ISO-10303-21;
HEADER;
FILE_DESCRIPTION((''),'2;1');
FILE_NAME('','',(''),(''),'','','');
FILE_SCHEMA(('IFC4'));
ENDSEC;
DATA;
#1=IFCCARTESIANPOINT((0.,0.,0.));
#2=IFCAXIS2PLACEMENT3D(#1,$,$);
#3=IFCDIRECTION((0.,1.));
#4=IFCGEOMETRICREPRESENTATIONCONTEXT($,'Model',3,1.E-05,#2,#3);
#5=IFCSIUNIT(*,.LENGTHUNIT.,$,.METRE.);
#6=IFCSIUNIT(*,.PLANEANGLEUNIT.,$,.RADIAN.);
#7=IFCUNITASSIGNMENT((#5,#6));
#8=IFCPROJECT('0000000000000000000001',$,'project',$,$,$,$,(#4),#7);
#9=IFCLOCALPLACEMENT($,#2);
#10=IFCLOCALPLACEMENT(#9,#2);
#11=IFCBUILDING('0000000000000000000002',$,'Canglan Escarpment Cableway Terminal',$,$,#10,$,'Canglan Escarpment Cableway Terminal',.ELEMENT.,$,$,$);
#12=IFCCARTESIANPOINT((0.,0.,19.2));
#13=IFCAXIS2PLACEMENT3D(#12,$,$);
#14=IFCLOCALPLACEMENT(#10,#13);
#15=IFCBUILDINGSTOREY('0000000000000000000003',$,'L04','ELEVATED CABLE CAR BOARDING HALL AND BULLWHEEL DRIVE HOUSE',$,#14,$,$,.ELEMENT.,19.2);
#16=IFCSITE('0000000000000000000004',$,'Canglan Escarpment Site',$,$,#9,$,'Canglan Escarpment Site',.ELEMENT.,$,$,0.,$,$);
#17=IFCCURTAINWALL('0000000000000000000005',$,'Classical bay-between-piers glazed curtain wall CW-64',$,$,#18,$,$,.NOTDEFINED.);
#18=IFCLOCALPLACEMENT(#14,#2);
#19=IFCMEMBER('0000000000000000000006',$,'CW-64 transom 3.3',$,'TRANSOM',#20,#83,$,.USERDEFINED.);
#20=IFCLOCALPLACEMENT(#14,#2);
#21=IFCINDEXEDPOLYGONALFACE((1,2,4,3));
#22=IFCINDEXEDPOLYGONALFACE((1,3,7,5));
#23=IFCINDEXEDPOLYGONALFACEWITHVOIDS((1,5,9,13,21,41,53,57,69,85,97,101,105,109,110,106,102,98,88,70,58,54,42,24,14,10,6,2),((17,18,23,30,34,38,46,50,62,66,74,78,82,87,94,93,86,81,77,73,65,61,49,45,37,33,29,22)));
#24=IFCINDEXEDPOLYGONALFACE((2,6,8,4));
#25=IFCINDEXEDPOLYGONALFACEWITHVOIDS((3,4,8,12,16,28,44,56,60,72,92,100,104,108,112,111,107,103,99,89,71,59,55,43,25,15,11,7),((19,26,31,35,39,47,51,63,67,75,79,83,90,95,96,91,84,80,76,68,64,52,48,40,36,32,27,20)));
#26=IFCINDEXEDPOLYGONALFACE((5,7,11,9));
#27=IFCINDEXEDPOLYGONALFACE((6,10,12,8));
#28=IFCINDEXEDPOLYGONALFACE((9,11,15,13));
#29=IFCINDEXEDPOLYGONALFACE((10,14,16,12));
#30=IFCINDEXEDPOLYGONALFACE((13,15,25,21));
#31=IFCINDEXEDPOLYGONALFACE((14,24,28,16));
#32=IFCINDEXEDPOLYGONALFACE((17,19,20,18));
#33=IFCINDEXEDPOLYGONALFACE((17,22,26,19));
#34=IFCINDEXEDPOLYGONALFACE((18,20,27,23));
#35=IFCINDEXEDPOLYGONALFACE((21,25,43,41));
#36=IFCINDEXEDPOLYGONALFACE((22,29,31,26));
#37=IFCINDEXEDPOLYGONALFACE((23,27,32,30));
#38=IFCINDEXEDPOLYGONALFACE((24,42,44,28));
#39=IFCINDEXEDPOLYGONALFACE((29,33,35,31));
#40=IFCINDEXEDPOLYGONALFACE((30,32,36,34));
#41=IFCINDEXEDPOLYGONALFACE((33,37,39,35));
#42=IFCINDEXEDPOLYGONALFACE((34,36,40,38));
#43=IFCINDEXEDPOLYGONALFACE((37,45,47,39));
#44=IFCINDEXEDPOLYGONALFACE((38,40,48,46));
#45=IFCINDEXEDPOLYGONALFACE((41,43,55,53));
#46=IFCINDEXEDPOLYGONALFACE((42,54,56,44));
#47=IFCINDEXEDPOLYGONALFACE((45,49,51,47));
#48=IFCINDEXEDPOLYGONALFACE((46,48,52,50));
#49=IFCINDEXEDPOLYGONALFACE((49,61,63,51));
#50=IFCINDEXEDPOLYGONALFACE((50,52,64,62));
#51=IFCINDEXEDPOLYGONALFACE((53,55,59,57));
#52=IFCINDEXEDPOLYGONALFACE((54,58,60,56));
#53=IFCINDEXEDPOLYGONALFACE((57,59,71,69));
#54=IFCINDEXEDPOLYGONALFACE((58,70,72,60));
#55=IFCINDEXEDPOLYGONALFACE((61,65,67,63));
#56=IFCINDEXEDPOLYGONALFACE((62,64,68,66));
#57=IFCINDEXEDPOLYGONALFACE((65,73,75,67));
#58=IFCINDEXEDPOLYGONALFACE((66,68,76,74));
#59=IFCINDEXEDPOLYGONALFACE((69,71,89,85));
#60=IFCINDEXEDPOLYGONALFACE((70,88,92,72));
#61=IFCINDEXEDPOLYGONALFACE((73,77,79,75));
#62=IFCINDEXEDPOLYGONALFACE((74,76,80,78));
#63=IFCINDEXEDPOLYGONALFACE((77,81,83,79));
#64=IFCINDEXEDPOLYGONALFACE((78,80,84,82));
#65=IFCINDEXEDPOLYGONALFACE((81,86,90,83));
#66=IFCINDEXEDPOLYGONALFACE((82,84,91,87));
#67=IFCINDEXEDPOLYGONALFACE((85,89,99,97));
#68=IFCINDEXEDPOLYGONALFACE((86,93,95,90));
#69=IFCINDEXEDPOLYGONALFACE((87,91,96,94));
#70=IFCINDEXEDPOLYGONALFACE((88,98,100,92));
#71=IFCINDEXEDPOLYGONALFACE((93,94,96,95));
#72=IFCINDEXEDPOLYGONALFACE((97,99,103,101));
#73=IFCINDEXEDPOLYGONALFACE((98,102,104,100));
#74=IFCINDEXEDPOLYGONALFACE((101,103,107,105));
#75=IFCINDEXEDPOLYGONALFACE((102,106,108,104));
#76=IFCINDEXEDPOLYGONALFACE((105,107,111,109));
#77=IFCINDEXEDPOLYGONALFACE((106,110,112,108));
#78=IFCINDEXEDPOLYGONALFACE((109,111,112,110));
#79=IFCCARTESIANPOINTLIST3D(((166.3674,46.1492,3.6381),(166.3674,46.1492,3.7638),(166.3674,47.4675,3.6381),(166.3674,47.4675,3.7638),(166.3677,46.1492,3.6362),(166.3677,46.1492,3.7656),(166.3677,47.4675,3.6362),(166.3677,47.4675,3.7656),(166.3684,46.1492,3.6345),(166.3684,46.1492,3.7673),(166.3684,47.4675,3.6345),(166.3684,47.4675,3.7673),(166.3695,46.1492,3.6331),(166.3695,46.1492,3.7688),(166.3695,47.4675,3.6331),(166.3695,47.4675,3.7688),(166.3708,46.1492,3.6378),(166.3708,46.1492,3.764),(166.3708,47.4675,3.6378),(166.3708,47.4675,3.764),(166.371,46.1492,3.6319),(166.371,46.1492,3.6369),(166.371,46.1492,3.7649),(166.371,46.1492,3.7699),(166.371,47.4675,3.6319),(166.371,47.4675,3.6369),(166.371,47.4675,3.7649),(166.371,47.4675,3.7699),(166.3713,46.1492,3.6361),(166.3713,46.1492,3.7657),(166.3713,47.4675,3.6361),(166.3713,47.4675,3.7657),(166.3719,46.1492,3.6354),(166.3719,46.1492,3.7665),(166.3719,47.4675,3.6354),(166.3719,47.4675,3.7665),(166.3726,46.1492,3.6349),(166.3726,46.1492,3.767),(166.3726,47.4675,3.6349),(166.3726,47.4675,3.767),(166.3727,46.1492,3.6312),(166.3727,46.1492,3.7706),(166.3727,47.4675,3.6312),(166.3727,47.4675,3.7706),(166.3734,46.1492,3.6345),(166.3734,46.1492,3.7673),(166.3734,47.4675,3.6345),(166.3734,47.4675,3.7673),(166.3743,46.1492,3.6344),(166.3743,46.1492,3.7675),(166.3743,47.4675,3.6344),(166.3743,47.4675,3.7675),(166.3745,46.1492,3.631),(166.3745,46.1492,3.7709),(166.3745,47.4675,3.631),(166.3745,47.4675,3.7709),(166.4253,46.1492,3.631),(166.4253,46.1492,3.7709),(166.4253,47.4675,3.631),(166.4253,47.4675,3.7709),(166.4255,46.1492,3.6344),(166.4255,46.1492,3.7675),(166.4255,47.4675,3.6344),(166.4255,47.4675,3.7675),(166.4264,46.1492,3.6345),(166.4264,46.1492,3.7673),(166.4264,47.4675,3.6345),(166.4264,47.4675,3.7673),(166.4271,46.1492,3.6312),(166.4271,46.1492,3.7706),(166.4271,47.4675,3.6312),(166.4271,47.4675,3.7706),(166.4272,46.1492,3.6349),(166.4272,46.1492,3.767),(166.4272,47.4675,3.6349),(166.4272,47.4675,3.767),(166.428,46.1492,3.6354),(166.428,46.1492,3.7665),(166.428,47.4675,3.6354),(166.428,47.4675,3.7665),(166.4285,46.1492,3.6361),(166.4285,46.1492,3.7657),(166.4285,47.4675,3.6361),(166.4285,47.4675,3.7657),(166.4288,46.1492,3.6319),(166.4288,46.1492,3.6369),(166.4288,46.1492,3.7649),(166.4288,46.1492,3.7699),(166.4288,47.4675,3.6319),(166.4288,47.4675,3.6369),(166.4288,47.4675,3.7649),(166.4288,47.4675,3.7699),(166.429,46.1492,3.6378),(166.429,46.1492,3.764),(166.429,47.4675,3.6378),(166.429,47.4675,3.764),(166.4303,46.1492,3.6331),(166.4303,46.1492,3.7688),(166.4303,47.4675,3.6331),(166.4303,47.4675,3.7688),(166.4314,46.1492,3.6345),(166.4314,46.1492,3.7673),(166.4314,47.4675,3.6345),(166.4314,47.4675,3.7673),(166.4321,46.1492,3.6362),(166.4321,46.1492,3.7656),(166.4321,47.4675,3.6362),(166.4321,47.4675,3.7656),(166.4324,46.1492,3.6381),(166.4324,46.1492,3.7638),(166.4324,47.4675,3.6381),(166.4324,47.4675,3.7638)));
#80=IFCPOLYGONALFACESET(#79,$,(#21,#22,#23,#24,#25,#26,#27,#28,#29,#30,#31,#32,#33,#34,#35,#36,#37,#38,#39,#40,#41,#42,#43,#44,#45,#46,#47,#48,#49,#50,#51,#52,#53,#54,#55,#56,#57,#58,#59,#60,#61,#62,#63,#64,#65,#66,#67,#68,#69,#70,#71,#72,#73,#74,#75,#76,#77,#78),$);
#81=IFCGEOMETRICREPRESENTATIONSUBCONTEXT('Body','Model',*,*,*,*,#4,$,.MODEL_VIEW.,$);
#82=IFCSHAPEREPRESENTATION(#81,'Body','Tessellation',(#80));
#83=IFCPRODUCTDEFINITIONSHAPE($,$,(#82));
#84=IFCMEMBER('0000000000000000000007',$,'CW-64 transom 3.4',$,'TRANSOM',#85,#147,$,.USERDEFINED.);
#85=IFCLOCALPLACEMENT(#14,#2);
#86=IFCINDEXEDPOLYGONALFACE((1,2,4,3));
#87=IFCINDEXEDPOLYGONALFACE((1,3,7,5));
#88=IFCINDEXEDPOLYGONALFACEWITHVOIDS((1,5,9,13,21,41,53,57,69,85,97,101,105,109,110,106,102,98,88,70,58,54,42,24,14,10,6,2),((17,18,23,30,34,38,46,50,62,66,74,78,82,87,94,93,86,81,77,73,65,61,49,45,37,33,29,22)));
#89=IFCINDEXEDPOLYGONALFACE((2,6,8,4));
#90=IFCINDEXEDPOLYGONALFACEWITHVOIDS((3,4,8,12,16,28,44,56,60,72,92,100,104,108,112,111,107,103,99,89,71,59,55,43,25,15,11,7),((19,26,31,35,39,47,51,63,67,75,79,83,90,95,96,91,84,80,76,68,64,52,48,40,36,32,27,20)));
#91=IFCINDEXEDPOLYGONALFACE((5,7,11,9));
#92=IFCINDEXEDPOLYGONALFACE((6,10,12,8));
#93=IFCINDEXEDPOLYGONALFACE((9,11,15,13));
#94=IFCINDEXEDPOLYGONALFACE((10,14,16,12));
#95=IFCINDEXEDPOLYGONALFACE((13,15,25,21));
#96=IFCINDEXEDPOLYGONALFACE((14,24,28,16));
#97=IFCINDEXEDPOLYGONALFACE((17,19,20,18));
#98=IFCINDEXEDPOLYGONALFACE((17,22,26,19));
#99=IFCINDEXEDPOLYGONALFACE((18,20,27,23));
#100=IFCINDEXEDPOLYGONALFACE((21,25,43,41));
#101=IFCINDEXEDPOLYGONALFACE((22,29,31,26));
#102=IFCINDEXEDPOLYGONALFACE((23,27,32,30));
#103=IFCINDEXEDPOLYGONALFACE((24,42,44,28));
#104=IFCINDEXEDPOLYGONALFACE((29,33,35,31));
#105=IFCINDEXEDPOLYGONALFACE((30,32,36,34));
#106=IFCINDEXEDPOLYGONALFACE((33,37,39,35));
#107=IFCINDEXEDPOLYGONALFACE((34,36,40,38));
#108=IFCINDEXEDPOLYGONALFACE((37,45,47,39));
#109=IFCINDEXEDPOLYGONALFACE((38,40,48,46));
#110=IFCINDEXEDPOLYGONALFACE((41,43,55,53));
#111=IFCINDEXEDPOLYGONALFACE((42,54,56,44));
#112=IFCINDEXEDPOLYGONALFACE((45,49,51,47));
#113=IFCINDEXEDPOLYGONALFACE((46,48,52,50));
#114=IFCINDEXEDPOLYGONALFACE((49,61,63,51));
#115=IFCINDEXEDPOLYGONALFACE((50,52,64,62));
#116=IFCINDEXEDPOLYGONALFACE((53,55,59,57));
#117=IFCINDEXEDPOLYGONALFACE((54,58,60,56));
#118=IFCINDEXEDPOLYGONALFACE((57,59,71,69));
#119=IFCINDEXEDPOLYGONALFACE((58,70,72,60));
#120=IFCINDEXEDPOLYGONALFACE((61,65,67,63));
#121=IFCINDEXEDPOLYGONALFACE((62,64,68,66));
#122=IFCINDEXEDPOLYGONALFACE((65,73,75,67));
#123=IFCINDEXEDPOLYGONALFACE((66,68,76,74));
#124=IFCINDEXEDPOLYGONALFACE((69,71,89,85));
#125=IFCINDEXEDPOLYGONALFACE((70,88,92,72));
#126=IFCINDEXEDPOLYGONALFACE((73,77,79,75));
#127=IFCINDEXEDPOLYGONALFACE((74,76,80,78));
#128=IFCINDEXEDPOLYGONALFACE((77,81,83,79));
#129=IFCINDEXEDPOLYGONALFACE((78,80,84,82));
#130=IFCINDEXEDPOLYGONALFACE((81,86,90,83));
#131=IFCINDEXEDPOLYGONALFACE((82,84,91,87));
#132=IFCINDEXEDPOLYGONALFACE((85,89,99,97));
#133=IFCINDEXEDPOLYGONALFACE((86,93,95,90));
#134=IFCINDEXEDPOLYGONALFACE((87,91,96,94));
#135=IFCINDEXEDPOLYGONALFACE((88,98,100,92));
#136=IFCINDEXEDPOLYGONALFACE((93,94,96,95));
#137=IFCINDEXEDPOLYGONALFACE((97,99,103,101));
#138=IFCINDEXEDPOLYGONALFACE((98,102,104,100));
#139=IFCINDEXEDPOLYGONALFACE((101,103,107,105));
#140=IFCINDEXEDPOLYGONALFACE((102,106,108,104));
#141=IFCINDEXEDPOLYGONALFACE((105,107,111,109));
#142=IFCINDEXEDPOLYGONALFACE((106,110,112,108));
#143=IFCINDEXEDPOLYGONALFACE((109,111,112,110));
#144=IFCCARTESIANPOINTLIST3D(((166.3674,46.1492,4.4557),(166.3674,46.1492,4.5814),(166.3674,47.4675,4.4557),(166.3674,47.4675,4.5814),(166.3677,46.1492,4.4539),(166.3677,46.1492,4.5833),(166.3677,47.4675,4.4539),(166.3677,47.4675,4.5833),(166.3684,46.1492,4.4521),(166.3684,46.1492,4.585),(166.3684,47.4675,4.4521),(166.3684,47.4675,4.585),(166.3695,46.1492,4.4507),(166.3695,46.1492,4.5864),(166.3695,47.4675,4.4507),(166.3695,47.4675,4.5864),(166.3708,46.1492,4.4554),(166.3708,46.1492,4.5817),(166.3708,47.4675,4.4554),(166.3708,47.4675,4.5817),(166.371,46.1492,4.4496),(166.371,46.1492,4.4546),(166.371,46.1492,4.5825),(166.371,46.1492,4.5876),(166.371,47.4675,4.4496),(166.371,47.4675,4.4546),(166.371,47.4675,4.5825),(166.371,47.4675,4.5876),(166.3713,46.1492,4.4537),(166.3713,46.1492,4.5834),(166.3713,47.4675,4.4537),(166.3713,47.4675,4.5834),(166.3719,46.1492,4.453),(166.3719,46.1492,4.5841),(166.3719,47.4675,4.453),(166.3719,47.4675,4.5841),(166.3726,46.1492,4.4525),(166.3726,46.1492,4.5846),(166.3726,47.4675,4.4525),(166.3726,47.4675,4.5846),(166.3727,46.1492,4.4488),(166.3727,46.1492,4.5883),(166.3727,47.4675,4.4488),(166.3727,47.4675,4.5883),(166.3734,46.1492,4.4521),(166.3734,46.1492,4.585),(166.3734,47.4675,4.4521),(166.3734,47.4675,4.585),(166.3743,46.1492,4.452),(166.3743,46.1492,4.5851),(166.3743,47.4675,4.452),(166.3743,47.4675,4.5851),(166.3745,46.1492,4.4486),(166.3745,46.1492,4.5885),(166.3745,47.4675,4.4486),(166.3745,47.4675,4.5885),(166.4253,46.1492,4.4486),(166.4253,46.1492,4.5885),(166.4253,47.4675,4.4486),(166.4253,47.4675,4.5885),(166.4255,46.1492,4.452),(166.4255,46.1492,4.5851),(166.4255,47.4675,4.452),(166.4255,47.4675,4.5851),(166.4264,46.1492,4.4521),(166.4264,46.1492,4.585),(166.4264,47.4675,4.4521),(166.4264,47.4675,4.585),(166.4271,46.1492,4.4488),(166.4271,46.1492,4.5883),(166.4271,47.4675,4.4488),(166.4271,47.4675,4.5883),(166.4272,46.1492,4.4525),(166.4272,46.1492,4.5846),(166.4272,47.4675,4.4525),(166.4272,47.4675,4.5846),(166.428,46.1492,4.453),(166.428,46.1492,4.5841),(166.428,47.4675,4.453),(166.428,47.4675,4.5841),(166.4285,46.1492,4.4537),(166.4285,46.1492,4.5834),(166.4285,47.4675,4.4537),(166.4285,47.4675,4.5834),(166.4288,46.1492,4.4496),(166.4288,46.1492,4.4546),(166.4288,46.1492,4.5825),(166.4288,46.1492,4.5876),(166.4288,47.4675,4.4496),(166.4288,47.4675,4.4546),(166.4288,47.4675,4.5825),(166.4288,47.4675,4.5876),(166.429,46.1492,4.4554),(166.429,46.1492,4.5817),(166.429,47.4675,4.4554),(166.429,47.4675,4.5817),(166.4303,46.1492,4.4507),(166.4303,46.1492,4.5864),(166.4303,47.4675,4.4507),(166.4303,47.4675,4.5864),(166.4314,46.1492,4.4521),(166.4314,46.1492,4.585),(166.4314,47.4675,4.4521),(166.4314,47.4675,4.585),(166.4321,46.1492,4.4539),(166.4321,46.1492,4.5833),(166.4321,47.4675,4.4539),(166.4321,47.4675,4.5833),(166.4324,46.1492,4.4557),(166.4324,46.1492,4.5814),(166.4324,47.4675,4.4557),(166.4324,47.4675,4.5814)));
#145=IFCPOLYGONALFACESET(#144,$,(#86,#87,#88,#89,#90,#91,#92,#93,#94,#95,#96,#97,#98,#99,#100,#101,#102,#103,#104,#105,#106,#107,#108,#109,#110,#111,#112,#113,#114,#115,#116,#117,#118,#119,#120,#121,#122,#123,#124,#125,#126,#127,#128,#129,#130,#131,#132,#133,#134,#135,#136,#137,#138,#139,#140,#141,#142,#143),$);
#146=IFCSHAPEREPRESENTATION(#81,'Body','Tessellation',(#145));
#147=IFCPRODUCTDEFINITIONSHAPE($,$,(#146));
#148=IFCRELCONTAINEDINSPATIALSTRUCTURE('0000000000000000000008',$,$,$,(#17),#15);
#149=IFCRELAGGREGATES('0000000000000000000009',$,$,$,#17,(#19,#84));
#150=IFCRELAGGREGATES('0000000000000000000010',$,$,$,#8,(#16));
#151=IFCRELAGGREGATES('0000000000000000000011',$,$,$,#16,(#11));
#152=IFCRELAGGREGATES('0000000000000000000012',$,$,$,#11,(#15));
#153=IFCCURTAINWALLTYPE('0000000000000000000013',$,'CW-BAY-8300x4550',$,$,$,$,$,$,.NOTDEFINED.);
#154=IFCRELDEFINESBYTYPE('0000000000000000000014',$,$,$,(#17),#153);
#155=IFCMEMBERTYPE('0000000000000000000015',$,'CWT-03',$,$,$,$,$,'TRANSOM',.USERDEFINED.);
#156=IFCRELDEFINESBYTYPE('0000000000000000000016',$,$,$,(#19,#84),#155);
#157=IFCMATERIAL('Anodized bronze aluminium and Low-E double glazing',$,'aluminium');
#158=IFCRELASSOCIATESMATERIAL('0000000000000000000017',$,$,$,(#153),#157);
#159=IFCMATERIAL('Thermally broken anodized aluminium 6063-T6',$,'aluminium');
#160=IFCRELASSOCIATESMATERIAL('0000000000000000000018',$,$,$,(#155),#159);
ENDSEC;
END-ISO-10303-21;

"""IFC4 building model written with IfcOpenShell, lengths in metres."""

from ifc_helpers import new_model, si_unit, direction, frame, origin, origin_2d, place, context, subcontext, project, spatial, hollow_rectangle, extrude, material, material_profile, profile_set, type_object, element, aggregate, save


model = new_model("IFC4")

# Units and contexts
model_context = context("Model", 3, precision=1e-05, world=origin(), true_north=direction((0.0, 1.0)))
body_context = subcontext(model_context, "Body", "Model", "MODEL_VIEW")
ifc_project = project(units=[si_unit("LENGTHUNIT", "METRE"), si_unit("PLANEANGLEUNIT", "RADIAN")], contexts=[model_context])

# Site, building, storey
site_placement = place(None, origin())
site = spatial("IfcSite", under=ifc_project, at=site_placement, Name="Canglan Escarpment Site", LongName="Canglan Escarpment Site", CompositionType="ELEMENT", RefElevation=0.0)
building_placement = place(site_placement, origin())
building = spatial("IfcBuilding", under=site, at=building_placement, Name="Canglan Escarpment Cableway Terminal", LongName="Canglan Escarpment Cableway Terminal", CompositionType="ELEMENT")
storey_placement = place(building_placement, frame((0.0, 0.0, 19.2)))
storey = spatial("IfcBuildingStorey", under=building, at=storey_placement, Name="L04", Description="ELEVATED CABLE CAR BOARDING HALL AND BULLWHEEL DRIVE HOUSE", CompositionType="ELEMENT", Elevation=19.2)

# Curtain wall, members
ifc_material_1 = material(Name="Anodized bronze aluminium and Low-E double glazing", Category="aluminium")
curtain_wall_type = type_object("IfcCurtainWallType", Name="CW-BAY-8300x4550", PredefinedType="NOTDEFINED", material=ifc_material_1)
curtain_wall_placement = place(storey_placement, origin())
curtain_wall = element("IfcCurtainWall", 1, at=curtain_wall_placement, inside=storey, type_object=curtain_wall_type, Name="Classical bay-between-piers glazed curtain wall CW-64", PredefinedType="NOTDEFINED")
ifc_material_2 = material(Name="Thermally broken anodized aluminium 6063-T6", Category="aluminium")
ifc_material_profile_1 = material_profile(ifc_material_2, hollow_rectangle(XDim=0.0649, YDim=0.1399, WallThickness=0.0034, InnerFilletRadius=0.0034, OuterFilletRadius=0.0071, at=origin_2d()), Name="ALU-TRAN 65x140x3.5")
ifc_profile_set_1 = profile_set([ifc_material_profile_1], Name="Thermally broken anodized aluminium 6063-T6")
member_type_1 = type_object("IfcMemberType", Name="CWT-03", ElementType="TRANSOM", PredefinedType="USERDEFINED", material=ifc_profile_set_1)
member_1_placement = place(storey_placement, frame((166.3999, 46.1492, 3.7009), z_axis=(0.0, 1.0, 0.0), x_axis=(-1.0, 0.0, 0.0)))
member_1 = element("IfcMember", 2, at=member_1_placement, type_object=member_type_1, Name="CW-64 transom 3.3", ObjectType="TRANSOM", PredefinedType="USERDEFINED", context=body_context, shape_type="SweptSolid", body=[
    extrude(hollow_rectangle(XDim=0.0649, YDim=0.1399, WallThickness=0.0034, InnerFilletRadius=0.0034, OuterFilletRadius=0.0071, at=origin_2d()), origin(), (0.0, 0.0, 1.0), 1.3184),
])
member_2_placement = place(storey_placement, frame((166.3999, 46.1492, 4.5186), z_axis=(0.0, 1.0, 0.0), x_axis=(-1.0, 0.0, 0.0)))
member_2 = element("IfcMember", 3, at=member_2_placement, type_object=member_type_1, Name="CW-64 transom 3.4", ObjectType="TRANSOM", PredefinedType="USERDEFINED", context=body_context, shape_type="SweptSolid", body=[
    extrude(hollow_rectangle(XDim=0.0649, YDim=0.1399, WallThickness=0.0034, InnerFilletRadius=0.0034, OuterFilletRadius=0.0071, at=origin_2d()), origin(), (0.0, 0.0, 1.0), 1.3184),
])
aggregate(curtain_wall, [member_1, member_2])

save(model, "model.ifc")
